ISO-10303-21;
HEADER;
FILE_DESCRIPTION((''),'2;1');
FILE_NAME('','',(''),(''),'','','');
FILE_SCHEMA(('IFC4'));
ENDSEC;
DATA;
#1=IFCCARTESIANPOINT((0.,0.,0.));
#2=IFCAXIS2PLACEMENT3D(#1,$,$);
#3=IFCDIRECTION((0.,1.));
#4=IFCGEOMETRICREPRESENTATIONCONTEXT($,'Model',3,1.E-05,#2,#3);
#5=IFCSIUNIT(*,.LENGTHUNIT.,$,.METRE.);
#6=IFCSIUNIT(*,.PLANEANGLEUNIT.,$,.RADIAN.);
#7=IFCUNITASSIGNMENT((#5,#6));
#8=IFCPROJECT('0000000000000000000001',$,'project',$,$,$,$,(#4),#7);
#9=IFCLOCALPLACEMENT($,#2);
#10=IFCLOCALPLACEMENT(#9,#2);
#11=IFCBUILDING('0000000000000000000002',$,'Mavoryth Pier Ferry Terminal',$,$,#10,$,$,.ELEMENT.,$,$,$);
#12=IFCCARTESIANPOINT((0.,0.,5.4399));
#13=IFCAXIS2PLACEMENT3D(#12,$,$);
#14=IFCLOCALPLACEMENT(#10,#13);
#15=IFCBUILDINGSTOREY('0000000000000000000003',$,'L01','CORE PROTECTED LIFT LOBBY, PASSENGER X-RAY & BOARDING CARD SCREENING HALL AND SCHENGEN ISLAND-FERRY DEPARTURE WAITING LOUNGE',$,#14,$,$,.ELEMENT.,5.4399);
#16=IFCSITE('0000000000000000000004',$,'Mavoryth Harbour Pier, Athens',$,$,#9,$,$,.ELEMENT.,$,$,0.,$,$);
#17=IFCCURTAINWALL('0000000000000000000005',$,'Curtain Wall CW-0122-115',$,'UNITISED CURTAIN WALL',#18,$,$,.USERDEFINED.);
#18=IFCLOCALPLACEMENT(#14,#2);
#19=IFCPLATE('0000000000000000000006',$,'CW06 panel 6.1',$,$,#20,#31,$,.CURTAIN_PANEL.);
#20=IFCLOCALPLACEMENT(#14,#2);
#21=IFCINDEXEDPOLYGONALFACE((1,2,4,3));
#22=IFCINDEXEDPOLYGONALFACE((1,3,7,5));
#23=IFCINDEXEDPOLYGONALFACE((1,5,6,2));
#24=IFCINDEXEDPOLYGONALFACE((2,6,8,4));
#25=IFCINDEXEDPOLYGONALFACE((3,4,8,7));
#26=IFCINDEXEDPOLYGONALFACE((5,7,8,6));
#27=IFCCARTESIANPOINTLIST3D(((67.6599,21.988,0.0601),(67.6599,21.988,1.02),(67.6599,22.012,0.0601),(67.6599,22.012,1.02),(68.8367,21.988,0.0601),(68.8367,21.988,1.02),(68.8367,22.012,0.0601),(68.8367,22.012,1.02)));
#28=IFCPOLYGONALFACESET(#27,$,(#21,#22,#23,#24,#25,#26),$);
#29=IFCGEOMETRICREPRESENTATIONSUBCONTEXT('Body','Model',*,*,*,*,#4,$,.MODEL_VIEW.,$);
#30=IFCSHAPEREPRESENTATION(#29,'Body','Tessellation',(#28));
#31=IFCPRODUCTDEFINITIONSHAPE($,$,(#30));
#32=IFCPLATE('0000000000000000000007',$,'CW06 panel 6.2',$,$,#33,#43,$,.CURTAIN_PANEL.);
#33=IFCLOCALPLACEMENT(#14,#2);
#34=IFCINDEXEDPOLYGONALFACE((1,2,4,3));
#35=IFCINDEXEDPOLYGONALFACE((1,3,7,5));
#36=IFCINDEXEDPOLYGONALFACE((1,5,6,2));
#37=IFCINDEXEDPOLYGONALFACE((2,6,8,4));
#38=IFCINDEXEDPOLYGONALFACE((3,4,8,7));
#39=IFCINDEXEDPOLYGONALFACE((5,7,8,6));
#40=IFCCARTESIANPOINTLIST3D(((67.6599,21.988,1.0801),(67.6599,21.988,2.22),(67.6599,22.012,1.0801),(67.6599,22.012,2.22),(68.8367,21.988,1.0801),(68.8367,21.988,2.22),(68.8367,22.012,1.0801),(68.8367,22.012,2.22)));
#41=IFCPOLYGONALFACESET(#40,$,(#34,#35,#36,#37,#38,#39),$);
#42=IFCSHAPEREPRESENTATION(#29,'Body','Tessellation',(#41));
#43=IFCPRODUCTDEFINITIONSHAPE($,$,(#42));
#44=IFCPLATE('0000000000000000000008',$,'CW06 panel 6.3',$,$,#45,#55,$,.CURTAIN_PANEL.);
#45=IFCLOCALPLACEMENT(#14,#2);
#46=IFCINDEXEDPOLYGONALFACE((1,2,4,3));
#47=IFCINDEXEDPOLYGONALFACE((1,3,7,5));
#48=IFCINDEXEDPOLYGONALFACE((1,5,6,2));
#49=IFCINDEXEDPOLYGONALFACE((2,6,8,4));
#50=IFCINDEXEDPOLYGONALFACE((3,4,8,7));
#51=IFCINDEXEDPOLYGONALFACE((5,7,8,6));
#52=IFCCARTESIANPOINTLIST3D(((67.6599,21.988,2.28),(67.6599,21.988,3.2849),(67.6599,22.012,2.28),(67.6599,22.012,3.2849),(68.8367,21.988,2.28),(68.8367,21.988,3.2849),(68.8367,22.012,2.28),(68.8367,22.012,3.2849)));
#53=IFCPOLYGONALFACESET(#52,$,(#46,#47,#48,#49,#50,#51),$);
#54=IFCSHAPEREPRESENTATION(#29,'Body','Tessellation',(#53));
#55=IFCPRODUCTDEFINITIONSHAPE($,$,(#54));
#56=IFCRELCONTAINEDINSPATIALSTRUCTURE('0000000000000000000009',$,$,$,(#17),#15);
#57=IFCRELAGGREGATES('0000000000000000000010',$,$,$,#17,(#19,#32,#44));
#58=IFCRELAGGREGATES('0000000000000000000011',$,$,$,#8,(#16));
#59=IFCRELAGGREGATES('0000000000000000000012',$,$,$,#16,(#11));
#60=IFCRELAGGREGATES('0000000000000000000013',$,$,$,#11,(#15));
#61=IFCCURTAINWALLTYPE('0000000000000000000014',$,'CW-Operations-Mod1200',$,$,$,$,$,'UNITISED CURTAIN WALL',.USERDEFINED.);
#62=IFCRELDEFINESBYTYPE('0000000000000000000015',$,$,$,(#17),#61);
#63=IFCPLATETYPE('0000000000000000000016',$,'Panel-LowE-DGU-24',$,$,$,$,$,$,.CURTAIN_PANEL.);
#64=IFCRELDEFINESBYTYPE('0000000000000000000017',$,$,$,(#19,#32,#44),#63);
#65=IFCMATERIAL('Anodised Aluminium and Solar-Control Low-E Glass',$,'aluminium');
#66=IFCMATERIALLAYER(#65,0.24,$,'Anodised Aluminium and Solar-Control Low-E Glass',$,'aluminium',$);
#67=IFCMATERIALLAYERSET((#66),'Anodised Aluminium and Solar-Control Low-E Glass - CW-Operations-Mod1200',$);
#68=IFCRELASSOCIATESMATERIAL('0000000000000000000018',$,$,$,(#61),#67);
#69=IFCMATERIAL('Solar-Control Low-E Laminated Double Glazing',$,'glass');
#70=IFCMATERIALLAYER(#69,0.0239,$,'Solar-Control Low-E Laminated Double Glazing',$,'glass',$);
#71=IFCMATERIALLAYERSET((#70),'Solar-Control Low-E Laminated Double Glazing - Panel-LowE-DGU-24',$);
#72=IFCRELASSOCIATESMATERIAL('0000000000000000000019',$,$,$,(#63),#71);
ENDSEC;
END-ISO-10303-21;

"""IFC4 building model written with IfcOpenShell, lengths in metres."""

from ifc_helpers import new_model, si_unit, direction, frame, origin, origin_2d, place, context, subcontext, project, spatial, rectangle, extrude, material, layer, layer_set, type_object, element, aggregate, save


model = new_model("IFC4")

# Units and contexts
model_context = context("Model", 3, precision=1e-05, world=origin(), true_north=direction((0.0, 1.0)))
body_context = subcontext(model_context, "Body", "Model", "MODEL_VIEW")
ifc_project = project(units=[si_unit("LENGTHUNIT", "METRE"), si_unit("PLANEANGLEUNIT", "RADIAN")], contexts=[model_context])

# Site, building, storey
site_placement = place(None, origin())
site = spatial("IfcSite", under=ifc_project, at=site_placement, Name="Mavoryth Harbour Pier, Athens", CompositionType="ELEMENT", RefElevation=0.0)
building_placement = place(site_placement, origin())
building = spatial("IfcBuilding", under=site, at=building_placement, Name="Mavoryth Pier Ferry Terminal", CompositionType="ELEMENT")
storey_placement = place(building_placement, frame((0.0, 0.0, 5.4399)))
storey = spatial("IfcBuildingStorey", under=building, at=storey_placement, Name="L01", Description="CORE PROTECTED LIFT LOBBY, PASSENGER X-RAY & BOARDING CARD SCREENING HALL AND SCHENGEN ISLAND-FERRY DEPARTURE WAITING LOUNGE", CompositionType="ELEMENT", Elevation=5.4399)

# Curtain wall
ifc_material_1 = material(Name="Anodised Aluminium and Solar-Control Low-E Glass", Category="aluminium")
ifc_layer_1 = layer(ifc_material_1, 0.24, Name="Anodised Aluminium and Solar-Control Low-E Glass", Category="aluminium")
ifc_layer_set_1 = layer_set([ifc_layer_1], Name="Anodised Aluminium and Solar-Control Low-E Glass - CW-Operations-Mod1200")
curtain_wall_type = type_object("IfcCurtainWallType", Name="CW-Operations-Mod1200", ElementType="UNITISED CURTAIN WALL", PredefinedType="USERDEFINED", material=ifc_layer_set_1)
curtain_wall_1_placement = place(storey_placement, origin())
curtain_wall_1 = element("IfcCurtainWall", 1, at=curtain_wall_1_placement, inside=storey, type_object=curtain_wall_type, Name="Curtain Wall CW-0122-115", ObjectType="UNITISED CURTAIN WALL", PredefinedType="USERDEFINED")

# Plates
ifc_material_2 = material(Name="Solar-Control Low-E Laminated Double Glazing", Category="glass")
ifc_layer_2 = layer(ifc_material_2, 0.0239, Name="Solar-Control Low-E Laminated Double Glazing", Category="glass")
ifc_layer_set_2 = layer_set([ifc_layer_2], Name="Solar-Control Low-E Laminated Double Glazing - Panel-LowE-DGU-24")
plate_type = type_object("IfcPlateType", Name="Panel-LowE-DGU-24", PredefinedType="CURTAIN_PANEL", material=ifc_layer_set_2)
plate_1_placement = place(storey_placement, frame((68.2483, 22.0, 0.0601), z_axis=(0.0, 0.0, 1.0), x_axis=(-1.0, 0.0, 0.0)))
plate_1 = element("IfcPlate", 2, at=plate_1_placement, type_object=plate_type, Name="CW06 panel 6.1", PredefinedType="CURTAIN_PANEL", context=body_context, shape_type="SweptSolid", body=[
    extrude(rectangle(XDim=1.1768, YDim=0.0239, at=origin_2d()), origin(), (0.0, 0.0, 1.0), 0.96),
])
plate_2_placement = place(storey_placement, frame((68.2483, 22.0, 1.0801), z_axis=(0.0, 0.0, 1.0), x_axis=(-1.0, 0.0, 0.0)))
plate_2 = element("IfcPlate", 3, at=plate_2_placement, type_object=plate_type, Name="CW06 panel 6.2", PredefinedType="CURTAIN_PANEL", context=body_context, shape_type="SweptSolid", body=[
    extrude(rectangle(XDim=1.1768, YDim=0.0239, at=origin_2d()), origin(), (0.0, 0.0, 1.0), 1.1399),
])
plate_3_placement = place(storey_placement, frame((68.2483, 22.0, 2.28), z_axis=(0.0, 0.0, 1.0), x_axis=(-1.0, 0.0, 0.0)))
plate_3 = element("IfcPlate", 4, at=plate_3_placement, type_object=plate_type, Name="CW06 panel 6.3", PredefinedType="CURTAIN_PANEL", context=body_context, shape_type="SweptSolid", body=[
    extrude(rectangle(XDim=1.1768, YDim=0.0239, at=origin_2d()), origin(), (0.0, 0.0, 1.0), 1.0049),
])
aggregate(curtain_wall_1, [plate_1, plate_2, plate_3])

save(model, "model.ifc")
